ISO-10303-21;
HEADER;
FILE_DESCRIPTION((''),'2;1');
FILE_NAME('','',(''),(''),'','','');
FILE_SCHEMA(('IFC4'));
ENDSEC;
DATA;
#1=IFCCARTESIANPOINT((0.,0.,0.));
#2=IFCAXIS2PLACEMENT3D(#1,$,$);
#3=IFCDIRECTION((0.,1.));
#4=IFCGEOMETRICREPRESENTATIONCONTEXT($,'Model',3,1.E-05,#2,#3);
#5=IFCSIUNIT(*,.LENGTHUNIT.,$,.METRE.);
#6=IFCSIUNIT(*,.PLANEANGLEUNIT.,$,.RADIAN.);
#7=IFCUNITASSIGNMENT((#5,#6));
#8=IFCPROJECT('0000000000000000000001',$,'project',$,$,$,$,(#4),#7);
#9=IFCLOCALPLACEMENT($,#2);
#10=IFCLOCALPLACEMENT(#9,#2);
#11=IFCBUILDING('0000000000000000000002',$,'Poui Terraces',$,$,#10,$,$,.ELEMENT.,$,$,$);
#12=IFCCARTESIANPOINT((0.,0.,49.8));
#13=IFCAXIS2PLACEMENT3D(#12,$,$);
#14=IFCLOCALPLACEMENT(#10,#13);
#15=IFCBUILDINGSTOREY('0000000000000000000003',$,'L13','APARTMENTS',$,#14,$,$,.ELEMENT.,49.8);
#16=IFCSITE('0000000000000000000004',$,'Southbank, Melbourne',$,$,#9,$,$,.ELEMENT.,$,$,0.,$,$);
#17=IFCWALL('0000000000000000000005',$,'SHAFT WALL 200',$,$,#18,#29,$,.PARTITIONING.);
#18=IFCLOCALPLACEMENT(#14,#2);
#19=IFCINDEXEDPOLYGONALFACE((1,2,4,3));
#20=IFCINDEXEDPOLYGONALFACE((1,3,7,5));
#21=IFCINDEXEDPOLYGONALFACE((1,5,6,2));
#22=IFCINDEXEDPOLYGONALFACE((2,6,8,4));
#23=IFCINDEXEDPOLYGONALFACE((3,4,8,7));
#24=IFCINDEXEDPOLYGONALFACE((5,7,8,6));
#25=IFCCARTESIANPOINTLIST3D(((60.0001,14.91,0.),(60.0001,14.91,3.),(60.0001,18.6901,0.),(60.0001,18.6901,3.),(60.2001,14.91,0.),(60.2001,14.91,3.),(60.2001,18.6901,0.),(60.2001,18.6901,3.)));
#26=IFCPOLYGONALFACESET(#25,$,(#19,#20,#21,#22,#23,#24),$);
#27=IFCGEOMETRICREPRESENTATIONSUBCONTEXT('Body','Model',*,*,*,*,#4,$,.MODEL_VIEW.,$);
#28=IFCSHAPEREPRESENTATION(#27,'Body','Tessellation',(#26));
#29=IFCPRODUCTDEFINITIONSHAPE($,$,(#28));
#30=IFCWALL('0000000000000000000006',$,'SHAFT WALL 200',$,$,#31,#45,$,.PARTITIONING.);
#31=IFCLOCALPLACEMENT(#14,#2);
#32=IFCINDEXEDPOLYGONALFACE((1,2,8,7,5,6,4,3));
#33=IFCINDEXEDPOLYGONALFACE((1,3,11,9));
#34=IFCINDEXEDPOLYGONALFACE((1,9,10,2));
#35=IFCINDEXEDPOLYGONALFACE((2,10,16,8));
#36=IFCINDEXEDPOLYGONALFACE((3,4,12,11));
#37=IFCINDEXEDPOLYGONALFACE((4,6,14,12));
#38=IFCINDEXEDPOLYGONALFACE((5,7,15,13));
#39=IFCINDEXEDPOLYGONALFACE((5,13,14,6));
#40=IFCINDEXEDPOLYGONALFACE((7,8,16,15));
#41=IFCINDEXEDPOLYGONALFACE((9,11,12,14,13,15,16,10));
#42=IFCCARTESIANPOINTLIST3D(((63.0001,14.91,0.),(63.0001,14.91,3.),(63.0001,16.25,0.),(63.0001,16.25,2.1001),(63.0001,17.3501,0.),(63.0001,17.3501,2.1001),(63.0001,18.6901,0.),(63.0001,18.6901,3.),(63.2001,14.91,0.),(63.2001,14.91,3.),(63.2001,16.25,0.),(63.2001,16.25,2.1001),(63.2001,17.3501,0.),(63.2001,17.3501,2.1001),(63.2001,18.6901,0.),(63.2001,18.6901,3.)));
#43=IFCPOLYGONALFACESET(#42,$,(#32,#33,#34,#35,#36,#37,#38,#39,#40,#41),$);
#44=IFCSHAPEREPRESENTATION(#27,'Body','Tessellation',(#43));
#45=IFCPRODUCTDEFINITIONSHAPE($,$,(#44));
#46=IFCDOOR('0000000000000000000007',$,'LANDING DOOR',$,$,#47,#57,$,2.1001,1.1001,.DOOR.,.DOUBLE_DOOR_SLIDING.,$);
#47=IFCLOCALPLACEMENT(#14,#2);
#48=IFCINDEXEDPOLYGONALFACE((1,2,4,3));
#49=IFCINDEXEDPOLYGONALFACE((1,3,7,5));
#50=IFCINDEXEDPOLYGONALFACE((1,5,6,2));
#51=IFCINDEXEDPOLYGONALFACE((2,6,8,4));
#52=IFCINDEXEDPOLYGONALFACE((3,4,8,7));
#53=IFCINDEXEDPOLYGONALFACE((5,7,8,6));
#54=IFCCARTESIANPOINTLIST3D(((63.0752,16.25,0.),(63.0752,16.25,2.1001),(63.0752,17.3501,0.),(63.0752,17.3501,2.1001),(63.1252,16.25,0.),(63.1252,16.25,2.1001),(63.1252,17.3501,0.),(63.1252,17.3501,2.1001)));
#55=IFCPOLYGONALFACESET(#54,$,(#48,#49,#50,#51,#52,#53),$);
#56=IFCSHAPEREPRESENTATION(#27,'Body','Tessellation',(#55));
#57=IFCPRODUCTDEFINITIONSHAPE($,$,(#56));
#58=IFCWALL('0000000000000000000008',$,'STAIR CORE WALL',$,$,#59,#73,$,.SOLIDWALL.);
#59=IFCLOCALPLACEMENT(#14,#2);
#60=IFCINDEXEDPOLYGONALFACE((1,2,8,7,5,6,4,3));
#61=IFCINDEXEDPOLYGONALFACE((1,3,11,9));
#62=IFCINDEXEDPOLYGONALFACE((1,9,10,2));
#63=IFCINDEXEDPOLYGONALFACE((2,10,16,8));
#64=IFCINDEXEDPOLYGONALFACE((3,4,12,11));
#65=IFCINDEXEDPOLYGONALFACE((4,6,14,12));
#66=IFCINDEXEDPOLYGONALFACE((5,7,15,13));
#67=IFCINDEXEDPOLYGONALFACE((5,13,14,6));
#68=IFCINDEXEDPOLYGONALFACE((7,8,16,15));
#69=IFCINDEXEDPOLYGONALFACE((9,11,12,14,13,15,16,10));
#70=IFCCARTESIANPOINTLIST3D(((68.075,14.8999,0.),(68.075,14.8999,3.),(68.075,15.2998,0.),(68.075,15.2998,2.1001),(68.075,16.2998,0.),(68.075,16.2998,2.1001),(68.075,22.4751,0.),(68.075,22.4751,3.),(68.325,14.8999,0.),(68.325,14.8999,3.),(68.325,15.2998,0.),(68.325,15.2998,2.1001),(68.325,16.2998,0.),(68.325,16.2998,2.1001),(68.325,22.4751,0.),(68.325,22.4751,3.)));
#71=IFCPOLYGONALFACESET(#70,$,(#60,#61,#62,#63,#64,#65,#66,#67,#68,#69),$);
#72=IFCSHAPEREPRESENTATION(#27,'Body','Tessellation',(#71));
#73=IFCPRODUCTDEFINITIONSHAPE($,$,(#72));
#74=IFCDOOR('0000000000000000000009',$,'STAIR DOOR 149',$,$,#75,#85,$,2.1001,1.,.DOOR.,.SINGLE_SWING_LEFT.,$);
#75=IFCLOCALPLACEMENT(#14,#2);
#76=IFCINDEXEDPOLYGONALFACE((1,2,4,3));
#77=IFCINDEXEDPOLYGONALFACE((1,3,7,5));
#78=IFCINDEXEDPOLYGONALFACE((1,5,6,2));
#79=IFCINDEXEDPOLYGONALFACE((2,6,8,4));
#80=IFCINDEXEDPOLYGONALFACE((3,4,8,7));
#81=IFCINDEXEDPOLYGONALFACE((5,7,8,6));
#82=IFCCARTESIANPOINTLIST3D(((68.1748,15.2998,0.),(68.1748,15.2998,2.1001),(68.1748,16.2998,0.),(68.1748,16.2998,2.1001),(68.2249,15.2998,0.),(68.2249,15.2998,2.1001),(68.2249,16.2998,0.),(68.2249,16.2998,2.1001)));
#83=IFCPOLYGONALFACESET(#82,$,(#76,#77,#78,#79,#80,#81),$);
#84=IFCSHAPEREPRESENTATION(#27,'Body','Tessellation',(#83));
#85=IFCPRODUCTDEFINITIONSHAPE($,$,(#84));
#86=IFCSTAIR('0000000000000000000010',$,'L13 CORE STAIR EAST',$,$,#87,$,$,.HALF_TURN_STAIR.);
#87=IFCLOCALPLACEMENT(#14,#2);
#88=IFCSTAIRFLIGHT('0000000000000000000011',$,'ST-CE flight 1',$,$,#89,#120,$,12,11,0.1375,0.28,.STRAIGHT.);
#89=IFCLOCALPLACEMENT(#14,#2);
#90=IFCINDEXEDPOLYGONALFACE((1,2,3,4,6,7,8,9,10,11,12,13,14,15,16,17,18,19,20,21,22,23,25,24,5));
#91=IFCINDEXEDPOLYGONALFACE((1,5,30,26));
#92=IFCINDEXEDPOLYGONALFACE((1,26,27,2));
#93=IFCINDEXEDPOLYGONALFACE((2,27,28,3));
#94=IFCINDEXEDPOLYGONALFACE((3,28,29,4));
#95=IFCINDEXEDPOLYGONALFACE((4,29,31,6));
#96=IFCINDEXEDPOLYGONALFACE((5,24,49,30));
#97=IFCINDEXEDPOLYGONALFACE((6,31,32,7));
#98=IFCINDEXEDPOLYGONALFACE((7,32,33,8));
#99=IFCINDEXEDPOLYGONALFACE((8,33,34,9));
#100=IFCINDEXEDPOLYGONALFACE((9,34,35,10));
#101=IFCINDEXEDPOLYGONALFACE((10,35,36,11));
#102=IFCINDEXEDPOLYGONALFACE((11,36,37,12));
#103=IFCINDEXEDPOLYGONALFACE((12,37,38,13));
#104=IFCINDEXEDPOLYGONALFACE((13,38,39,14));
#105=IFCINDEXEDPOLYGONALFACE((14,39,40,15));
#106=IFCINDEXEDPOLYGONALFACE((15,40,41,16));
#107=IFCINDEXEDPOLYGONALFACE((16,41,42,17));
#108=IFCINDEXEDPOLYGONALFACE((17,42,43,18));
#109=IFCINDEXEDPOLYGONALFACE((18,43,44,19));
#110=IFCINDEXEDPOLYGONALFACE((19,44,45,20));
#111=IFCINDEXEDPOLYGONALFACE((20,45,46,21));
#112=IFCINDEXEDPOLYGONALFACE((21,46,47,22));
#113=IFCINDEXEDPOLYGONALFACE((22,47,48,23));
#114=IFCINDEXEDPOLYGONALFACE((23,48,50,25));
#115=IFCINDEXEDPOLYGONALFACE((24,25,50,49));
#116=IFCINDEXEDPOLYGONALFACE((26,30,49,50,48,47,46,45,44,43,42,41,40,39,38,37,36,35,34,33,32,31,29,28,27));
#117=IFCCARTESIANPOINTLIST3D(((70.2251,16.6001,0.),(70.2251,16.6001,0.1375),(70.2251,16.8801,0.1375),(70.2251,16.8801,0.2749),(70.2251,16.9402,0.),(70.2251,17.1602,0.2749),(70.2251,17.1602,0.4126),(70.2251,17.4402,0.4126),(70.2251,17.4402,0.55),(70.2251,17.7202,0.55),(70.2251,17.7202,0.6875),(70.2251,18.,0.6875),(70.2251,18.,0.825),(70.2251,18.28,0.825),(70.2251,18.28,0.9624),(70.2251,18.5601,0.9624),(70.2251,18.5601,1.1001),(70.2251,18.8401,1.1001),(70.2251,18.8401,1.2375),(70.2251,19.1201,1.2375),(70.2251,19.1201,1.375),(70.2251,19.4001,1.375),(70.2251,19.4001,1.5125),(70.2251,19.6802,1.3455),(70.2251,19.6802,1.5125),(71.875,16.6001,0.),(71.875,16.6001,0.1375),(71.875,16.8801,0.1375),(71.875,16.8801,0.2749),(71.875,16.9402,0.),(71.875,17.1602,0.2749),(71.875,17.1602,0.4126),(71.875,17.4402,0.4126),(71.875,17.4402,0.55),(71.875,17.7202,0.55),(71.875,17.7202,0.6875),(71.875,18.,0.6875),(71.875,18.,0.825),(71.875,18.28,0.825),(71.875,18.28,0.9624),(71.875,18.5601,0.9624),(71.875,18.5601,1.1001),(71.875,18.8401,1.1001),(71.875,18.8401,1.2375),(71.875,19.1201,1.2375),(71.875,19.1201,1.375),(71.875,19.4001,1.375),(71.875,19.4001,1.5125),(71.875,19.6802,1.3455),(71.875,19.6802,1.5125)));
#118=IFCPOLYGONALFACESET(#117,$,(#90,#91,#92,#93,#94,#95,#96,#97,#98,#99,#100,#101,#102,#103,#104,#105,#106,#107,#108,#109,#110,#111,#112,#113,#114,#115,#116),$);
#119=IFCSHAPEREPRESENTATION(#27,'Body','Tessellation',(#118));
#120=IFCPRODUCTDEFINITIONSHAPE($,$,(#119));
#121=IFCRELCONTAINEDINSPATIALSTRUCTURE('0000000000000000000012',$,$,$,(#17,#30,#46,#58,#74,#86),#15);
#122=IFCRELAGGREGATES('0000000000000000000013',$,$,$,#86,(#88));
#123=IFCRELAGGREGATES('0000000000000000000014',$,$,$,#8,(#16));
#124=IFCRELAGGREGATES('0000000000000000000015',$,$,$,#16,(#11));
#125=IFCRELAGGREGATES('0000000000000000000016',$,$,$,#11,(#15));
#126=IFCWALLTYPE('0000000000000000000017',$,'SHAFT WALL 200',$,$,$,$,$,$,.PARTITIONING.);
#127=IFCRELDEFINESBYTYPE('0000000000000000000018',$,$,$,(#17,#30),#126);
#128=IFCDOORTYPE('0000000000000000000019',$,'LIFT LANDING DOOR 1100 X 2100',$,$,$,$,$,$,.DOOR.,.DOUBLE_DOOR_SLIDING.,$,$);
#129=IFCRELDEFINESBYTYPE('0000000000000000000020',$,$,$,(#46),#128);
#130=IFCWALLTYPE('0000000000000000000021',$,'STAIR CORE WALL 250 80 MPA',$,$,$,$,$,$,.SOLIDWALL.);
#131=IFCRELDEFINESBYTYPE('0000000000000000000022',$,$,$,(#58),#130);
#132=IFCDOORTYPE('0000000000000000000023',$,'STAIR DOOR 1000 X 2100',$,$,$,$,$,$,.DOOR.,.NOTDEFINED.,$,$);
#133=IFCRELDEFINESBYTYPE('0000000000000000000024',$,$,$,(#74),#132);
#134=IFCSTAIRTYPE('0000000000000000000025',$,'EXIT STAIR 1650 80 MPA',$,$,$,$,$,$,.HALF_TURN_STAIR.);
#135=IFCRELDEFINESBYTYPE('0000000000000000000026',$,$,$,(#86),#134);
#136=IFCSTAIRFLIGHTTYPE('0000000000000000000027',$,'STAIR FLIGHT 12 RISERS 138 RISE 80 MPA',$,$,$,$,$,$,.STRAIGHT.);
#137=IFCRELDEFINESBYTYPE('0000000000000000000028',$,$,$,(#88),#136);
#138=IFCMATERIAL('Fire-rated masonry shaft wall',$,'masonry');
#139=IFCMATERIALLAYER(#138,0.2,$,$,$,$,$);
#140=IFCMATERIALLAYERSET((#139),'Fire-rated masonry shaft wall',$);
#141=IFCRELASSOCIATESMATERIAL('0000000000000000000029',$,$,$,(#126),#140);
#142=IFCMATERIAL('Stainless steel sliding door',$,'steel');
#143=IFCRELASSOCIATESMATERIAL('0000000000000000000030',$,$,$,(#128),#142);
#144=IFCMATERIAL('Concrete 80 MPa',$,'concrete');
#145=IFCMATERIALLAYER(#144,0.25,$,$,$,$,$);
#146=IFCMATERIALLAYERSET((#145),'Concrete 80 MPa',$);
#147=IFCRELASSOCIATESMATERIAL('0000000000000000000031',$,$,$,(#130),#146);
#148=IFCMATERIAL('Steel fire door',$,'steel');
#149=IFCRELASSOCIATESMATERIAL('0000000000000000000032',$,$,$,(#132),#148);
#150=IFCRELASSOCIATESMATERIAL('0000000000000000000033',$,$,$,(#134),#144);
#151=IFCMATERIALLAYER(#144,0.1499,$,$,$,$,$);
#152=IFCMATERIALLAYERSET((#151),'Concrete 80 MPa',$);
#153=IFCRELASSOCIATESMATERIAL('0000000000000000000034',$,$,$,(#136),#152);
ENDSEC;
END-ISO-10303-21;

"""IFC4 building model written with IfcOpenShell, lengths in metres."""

from ifc_helpers import new_model, si_unit, direction, frame, frame_2d, origin, place, context, subcontext, project, spatial, polyline, rectangle, outline, extrude, material, layer, layer_set, type_object, element, fill, aggregate, save


model = new_model("IFC4")

# Units and contexts
model_context = context("Model", 3, precision=1e-05, world=origin(), true_north=direction((0.0, 1.0)))
body_context = subcontext(model_context, "Body", "Model", "MODEL_VIEW")
ifc_project = project(units=[si_unit("LENGTHUNIT", "METRE"), si_unit("PLANEANGLEUNIT", "RADIAN")], contexts=[model_context])

# Site, building, storey
site_placement = place(None, origin())
site = spatial("IfcSite", under=ifc_project, at=site_placement, Name="Southbank, Melbourne", CompositionType="ELEMENT", RefElevation=0.0)
building_placement = place(site_placement, origin())
building = spatial("IfcBuilding", under=site, at=building_placement, Name="Poui Terraces", CompositionType="ELEMENT")
storey_placement = place(building_placement, frame((0.0, 0.0, 49.8)))
storey = spatial("IfcBuildingStorey", under=building, at=storey_placement, Name="L13", Description="APARTMENTS", CompositionType="ELEMENT", Elevation=49.8)

# Shared definitions
ifc_material_1 = material(Name="Concrete 80 MPa", Category="concrete")

# Shared definitions
ifc_material_2 = material(Name="Steel fire door", Category="steel")

# Wall
ifc_material_3 = material(Name="Fire-rated masonry shaft wall", Category="masonry")
ifc_layer_1 = layer(ifc_material_3, 0.2)
ifc_layer_set_1 = layer_set([ifc_layer_1], Name="Fire-rated masonry shaft wall")
wall_type_1 = type_object("IfcWallType", Name="SHAFT WALL 200", PredefinedType="PARTITIONING", material=ifc_layer_set_1)
wall_1_placement = place(storey_placement, frame((60.1001, 14.9099, 0.0), z_axis=(0.0, 0.0, 1.0), x_axis=(0.0, 1.0, 0.0)))
element("IfcWall", 1, at=wall_1_placement, inside=storey, type_object=wall_type_1, Name="SHAFT WALL 200", PredefinedType="PARTITIONING", context=body_context, shape_type="SweptSolid", body=[
    extrude(rectangle(XDim=3.78, YDim=0.2, at=frame_2d((1.8901, 0.0))), origin(), (0.0, 0.0, 1.0), 3.0),
])

# Walls, openings, doors
wall_2_placement = place(storey_placement, frame((63.1001, 14.9099, 0.0), z_axis=(0.0, 0.0, 1.0), x_axis=(0.0, 1.0, 0.0)))
wall_2 = element("IfcWall", 2, at=wall_2_placement, inside=storey, type_object=wall_type_1, Name="SHAFT WALL 200", PredefinedType="PARTITIONING", context=body_context, shape_type="SweptSolid", body=[
    extrude(rectangle(XDim=3.78, YDim=0.2, at=frame_2d((1.8901, 0.0))), origin(), (0.0, 0.0, 1.0), 3.0),
])
opening_1_placement = place(wall_2_placement, frame((1.3401, 0.0, 0.0)))
opening_1 = element("IfcOpeningElement", 3, at=opening_1_placement, cuts=wall_2, PredefinedType="OPENING", context=body_context, shape_type="SweptSolid", body=[
    extrude(rectangle(XDim=1.1001, YDim=2.1001, at=frame_2d((0.55, 1.05))), frame((0.0, 0.1099, 0.0), z_axis=(0.0, -1.0, 0.0), x_axis=(1.0, 0.0, 0.0)), (0.0, 0.0, 1.0), 0.22),
])
ifc_material_4 = material(Name="Stainless steel sliding door", Category="steel")
door_type_1 = type_object("IfcDoorType", Name="LIFT LANDING DOOR 1100 X 2100", OperationType="DOUBLE_DOOR_SLIDING", PredefinedType="DOOR", material=ifc_material_4)
door_1_placement = place(opening_1_placement, origin())
door_1 = element("IfcDoor", 4, at=door_1_placement, inside=storey, type_object=door_type_1, Name="LANDING DOOR", OperationType="DOUBLE_DOOR_SLIDING", OverallHeight=2.1001, OverallWidth=1.1001, PredefinedType="DOOR", context=body_context, shape_type="SweptSolid", body=[
    extrude(rectangle(XDim=1.1001, YDim=2.1001, at=frame_2d((0.55, 1.05))), frame((0.0, 0.0249, 0.0), z_axis=(0.0, -1.0, 0.0), x_axis=(1.0, 0.0, 0.0)), (0.0, 0.0, 1.0), 0.05),
])
fill(opening_1, door_1)
ifc_layer_2 = layer(ifc_material_1, 0.25)
ifc_layer_set_2 = layer_set([ifc_layer_2], Name="Concrete 80 MPa")
wall_type_2 = type_object("IfcWallType", Name="STAIR CORE WALL 250 80 MPA", PredefinedType="SOLIDWALL", material=ifc_layer_set_2)
wall_3_placement = place(storey_placement, frame((68.2, 14.8999, 0.0), z_axis=(0.0, 0.0, 1.0), x_axis=(0.0, 1.0, 0.0)))
wall_3 = element("IfcWall", 5, at=wall_3_placement, inside=storey, type_object=wall_type_2, Name="STAIR CORE WALL", PredefinedType="SOLIDWALL", context=body_context, shape_type="SweptSolid", body=[
    extrude(rectangle(XDim=7.5752, YDim=0.25, at=frame_2d((3.7876, 0.0))), origin(), (0.0, 0.0, 1.0), 3.0),
])
opening_2_placement = place(wall_3_placement, frame((0.3999, 0.0, 0.0)))
opening_2 = element("IfcOpeningElement", 6, at=opening_2_placement, cuts=wall_3, PredefinedType="OPENING", context=body_context, shape_type="SweptSolid", body=[
    extrude(rectangle(XDim=1.0, YDim=2.1001, at=frame_2d((0.5, 1.05))), frame((0.0, 0.135, 0.0), z_axis=(0.0, -1.0, 0.0), x_axis=(1.0, 0.0, 0.0)), (0.0, 0.0, 1.0), 0.27),
])
door_type_2 = type_object("IfcDoorType", Name="STAIR DOOR 1000 X 2100", OperationType="NOTDEFINED", PredefinedType="DOOR", material=ifc_material_2)
door_2_placement = place(opening_2_placement, frame((1.0, 0.0, 0.0), z_axis=(0.0, 0.0, 1.0), x_axis=(-1.0, 0.0, 0.0)))
door_2 = element("IfcDoor", 7, at=door_2_placement, inside=storey, type_object=door_type_2, Name="STAIR DOOR 149", OperationType="SINGLE_SWING_LEFT", OverallHeight=2.1001, OverallWidth=1.0, PredefinedType="DOOR", context=body_context, shape_type="SweptSolid", body=[
    extrude(rectangle(XDim=1.0, YDim=2.1001, at=frame_2d((0.5, 1.05))), frame((0.0, 0.0249, 0.0), z_axis=(0.0, -1.0, 0.0), x_axis=(1.0, 0.0, 0.0)), (0.0, 0.0, 1.0), 0.05),
])
fill(opening_2, door_2)

# Stair, stair flight
stair_type = type_object("IfcStairType", Name="EXIT STAIR 1650 80 MPA", PredefinedType="HALF_TURN_STAIR", material=ifc_material_1)
stair_placement = place(storey_placement, origin())
stair = element("IfcStair", 8, at=stair_placement, inside=storey, type_object=stair_type, Name="L13 CORE STAIR EAST", PredefinedType="HALF_TURN_STAIR")
ifc_layer_3 = layer(ifc_material_1, 0.1499)
ifc_layer_set_3 = layer_set([ifc_layer_3], Name="Concrete 80 MPa")
stair_flight_type = type_object("IfcStairFlightType", Name="STAIR FLIGHT 12 RISERS 138 RISE 80 MPA", PredefinedType="STRAIGHT", material=ifc_layer_set_3)
stair_flight_placement = place(storey_placement, frame((71.05, 16.6001, 0.0), z_axis=(0.0, 0.0, 1.0), x_axis=(0.0, 1.0, 0.0)))
stair_flight = element("IfcStairFlight", 9, at=stair_flight_placement, type_object=stair_flight_type, Name="ST-CE flight 1", NumberOfRisers=12, NumberOfTreads=11, PredefinedType="STRAIGHT", RiserHeight=0.1375, TreadLength=0.28, context=body_context, shape_type="SweptSolid", body=[
    extrude(outline(polyline([(0.0, 0.0), (0.0, 0.1375), (0.28, 0.1375), (0.28, 0.2749), (0.5601, 0.2749), (0.5601, 0.4126), (0.8401, 0.4126), (0.8401, 0.55), (1.1201, 0.55), (1.1201, 0.6875), (1.3999, 0.6875), (1.3999, 0.825), (1.6799, 0.825), (1.6799, 0.9624), (1.96, 0.9624), (1.96, 1.1001), (2.24, 1.1001), (2.24, 1.2375), (2.52, 1.2375), (2.52, 1.375), (2.8, 1.375), (2.8, 1.5125), (3.0801, 1.5125), (3.0801, 1.6499), (3.0801, 1.3455), (0.3401, 0.0), (0.0, 0.0)])), frame((0.0, 0.825, 0.0), z_axis=(0.0, -1.0, 0.0), x_axis=(1.0, 0.0, 0.0)), (0.0, 0.0, 1.0), 1.6499),
])
aggregate(stair, [stair_flight])

save(model, "model.ifc")
